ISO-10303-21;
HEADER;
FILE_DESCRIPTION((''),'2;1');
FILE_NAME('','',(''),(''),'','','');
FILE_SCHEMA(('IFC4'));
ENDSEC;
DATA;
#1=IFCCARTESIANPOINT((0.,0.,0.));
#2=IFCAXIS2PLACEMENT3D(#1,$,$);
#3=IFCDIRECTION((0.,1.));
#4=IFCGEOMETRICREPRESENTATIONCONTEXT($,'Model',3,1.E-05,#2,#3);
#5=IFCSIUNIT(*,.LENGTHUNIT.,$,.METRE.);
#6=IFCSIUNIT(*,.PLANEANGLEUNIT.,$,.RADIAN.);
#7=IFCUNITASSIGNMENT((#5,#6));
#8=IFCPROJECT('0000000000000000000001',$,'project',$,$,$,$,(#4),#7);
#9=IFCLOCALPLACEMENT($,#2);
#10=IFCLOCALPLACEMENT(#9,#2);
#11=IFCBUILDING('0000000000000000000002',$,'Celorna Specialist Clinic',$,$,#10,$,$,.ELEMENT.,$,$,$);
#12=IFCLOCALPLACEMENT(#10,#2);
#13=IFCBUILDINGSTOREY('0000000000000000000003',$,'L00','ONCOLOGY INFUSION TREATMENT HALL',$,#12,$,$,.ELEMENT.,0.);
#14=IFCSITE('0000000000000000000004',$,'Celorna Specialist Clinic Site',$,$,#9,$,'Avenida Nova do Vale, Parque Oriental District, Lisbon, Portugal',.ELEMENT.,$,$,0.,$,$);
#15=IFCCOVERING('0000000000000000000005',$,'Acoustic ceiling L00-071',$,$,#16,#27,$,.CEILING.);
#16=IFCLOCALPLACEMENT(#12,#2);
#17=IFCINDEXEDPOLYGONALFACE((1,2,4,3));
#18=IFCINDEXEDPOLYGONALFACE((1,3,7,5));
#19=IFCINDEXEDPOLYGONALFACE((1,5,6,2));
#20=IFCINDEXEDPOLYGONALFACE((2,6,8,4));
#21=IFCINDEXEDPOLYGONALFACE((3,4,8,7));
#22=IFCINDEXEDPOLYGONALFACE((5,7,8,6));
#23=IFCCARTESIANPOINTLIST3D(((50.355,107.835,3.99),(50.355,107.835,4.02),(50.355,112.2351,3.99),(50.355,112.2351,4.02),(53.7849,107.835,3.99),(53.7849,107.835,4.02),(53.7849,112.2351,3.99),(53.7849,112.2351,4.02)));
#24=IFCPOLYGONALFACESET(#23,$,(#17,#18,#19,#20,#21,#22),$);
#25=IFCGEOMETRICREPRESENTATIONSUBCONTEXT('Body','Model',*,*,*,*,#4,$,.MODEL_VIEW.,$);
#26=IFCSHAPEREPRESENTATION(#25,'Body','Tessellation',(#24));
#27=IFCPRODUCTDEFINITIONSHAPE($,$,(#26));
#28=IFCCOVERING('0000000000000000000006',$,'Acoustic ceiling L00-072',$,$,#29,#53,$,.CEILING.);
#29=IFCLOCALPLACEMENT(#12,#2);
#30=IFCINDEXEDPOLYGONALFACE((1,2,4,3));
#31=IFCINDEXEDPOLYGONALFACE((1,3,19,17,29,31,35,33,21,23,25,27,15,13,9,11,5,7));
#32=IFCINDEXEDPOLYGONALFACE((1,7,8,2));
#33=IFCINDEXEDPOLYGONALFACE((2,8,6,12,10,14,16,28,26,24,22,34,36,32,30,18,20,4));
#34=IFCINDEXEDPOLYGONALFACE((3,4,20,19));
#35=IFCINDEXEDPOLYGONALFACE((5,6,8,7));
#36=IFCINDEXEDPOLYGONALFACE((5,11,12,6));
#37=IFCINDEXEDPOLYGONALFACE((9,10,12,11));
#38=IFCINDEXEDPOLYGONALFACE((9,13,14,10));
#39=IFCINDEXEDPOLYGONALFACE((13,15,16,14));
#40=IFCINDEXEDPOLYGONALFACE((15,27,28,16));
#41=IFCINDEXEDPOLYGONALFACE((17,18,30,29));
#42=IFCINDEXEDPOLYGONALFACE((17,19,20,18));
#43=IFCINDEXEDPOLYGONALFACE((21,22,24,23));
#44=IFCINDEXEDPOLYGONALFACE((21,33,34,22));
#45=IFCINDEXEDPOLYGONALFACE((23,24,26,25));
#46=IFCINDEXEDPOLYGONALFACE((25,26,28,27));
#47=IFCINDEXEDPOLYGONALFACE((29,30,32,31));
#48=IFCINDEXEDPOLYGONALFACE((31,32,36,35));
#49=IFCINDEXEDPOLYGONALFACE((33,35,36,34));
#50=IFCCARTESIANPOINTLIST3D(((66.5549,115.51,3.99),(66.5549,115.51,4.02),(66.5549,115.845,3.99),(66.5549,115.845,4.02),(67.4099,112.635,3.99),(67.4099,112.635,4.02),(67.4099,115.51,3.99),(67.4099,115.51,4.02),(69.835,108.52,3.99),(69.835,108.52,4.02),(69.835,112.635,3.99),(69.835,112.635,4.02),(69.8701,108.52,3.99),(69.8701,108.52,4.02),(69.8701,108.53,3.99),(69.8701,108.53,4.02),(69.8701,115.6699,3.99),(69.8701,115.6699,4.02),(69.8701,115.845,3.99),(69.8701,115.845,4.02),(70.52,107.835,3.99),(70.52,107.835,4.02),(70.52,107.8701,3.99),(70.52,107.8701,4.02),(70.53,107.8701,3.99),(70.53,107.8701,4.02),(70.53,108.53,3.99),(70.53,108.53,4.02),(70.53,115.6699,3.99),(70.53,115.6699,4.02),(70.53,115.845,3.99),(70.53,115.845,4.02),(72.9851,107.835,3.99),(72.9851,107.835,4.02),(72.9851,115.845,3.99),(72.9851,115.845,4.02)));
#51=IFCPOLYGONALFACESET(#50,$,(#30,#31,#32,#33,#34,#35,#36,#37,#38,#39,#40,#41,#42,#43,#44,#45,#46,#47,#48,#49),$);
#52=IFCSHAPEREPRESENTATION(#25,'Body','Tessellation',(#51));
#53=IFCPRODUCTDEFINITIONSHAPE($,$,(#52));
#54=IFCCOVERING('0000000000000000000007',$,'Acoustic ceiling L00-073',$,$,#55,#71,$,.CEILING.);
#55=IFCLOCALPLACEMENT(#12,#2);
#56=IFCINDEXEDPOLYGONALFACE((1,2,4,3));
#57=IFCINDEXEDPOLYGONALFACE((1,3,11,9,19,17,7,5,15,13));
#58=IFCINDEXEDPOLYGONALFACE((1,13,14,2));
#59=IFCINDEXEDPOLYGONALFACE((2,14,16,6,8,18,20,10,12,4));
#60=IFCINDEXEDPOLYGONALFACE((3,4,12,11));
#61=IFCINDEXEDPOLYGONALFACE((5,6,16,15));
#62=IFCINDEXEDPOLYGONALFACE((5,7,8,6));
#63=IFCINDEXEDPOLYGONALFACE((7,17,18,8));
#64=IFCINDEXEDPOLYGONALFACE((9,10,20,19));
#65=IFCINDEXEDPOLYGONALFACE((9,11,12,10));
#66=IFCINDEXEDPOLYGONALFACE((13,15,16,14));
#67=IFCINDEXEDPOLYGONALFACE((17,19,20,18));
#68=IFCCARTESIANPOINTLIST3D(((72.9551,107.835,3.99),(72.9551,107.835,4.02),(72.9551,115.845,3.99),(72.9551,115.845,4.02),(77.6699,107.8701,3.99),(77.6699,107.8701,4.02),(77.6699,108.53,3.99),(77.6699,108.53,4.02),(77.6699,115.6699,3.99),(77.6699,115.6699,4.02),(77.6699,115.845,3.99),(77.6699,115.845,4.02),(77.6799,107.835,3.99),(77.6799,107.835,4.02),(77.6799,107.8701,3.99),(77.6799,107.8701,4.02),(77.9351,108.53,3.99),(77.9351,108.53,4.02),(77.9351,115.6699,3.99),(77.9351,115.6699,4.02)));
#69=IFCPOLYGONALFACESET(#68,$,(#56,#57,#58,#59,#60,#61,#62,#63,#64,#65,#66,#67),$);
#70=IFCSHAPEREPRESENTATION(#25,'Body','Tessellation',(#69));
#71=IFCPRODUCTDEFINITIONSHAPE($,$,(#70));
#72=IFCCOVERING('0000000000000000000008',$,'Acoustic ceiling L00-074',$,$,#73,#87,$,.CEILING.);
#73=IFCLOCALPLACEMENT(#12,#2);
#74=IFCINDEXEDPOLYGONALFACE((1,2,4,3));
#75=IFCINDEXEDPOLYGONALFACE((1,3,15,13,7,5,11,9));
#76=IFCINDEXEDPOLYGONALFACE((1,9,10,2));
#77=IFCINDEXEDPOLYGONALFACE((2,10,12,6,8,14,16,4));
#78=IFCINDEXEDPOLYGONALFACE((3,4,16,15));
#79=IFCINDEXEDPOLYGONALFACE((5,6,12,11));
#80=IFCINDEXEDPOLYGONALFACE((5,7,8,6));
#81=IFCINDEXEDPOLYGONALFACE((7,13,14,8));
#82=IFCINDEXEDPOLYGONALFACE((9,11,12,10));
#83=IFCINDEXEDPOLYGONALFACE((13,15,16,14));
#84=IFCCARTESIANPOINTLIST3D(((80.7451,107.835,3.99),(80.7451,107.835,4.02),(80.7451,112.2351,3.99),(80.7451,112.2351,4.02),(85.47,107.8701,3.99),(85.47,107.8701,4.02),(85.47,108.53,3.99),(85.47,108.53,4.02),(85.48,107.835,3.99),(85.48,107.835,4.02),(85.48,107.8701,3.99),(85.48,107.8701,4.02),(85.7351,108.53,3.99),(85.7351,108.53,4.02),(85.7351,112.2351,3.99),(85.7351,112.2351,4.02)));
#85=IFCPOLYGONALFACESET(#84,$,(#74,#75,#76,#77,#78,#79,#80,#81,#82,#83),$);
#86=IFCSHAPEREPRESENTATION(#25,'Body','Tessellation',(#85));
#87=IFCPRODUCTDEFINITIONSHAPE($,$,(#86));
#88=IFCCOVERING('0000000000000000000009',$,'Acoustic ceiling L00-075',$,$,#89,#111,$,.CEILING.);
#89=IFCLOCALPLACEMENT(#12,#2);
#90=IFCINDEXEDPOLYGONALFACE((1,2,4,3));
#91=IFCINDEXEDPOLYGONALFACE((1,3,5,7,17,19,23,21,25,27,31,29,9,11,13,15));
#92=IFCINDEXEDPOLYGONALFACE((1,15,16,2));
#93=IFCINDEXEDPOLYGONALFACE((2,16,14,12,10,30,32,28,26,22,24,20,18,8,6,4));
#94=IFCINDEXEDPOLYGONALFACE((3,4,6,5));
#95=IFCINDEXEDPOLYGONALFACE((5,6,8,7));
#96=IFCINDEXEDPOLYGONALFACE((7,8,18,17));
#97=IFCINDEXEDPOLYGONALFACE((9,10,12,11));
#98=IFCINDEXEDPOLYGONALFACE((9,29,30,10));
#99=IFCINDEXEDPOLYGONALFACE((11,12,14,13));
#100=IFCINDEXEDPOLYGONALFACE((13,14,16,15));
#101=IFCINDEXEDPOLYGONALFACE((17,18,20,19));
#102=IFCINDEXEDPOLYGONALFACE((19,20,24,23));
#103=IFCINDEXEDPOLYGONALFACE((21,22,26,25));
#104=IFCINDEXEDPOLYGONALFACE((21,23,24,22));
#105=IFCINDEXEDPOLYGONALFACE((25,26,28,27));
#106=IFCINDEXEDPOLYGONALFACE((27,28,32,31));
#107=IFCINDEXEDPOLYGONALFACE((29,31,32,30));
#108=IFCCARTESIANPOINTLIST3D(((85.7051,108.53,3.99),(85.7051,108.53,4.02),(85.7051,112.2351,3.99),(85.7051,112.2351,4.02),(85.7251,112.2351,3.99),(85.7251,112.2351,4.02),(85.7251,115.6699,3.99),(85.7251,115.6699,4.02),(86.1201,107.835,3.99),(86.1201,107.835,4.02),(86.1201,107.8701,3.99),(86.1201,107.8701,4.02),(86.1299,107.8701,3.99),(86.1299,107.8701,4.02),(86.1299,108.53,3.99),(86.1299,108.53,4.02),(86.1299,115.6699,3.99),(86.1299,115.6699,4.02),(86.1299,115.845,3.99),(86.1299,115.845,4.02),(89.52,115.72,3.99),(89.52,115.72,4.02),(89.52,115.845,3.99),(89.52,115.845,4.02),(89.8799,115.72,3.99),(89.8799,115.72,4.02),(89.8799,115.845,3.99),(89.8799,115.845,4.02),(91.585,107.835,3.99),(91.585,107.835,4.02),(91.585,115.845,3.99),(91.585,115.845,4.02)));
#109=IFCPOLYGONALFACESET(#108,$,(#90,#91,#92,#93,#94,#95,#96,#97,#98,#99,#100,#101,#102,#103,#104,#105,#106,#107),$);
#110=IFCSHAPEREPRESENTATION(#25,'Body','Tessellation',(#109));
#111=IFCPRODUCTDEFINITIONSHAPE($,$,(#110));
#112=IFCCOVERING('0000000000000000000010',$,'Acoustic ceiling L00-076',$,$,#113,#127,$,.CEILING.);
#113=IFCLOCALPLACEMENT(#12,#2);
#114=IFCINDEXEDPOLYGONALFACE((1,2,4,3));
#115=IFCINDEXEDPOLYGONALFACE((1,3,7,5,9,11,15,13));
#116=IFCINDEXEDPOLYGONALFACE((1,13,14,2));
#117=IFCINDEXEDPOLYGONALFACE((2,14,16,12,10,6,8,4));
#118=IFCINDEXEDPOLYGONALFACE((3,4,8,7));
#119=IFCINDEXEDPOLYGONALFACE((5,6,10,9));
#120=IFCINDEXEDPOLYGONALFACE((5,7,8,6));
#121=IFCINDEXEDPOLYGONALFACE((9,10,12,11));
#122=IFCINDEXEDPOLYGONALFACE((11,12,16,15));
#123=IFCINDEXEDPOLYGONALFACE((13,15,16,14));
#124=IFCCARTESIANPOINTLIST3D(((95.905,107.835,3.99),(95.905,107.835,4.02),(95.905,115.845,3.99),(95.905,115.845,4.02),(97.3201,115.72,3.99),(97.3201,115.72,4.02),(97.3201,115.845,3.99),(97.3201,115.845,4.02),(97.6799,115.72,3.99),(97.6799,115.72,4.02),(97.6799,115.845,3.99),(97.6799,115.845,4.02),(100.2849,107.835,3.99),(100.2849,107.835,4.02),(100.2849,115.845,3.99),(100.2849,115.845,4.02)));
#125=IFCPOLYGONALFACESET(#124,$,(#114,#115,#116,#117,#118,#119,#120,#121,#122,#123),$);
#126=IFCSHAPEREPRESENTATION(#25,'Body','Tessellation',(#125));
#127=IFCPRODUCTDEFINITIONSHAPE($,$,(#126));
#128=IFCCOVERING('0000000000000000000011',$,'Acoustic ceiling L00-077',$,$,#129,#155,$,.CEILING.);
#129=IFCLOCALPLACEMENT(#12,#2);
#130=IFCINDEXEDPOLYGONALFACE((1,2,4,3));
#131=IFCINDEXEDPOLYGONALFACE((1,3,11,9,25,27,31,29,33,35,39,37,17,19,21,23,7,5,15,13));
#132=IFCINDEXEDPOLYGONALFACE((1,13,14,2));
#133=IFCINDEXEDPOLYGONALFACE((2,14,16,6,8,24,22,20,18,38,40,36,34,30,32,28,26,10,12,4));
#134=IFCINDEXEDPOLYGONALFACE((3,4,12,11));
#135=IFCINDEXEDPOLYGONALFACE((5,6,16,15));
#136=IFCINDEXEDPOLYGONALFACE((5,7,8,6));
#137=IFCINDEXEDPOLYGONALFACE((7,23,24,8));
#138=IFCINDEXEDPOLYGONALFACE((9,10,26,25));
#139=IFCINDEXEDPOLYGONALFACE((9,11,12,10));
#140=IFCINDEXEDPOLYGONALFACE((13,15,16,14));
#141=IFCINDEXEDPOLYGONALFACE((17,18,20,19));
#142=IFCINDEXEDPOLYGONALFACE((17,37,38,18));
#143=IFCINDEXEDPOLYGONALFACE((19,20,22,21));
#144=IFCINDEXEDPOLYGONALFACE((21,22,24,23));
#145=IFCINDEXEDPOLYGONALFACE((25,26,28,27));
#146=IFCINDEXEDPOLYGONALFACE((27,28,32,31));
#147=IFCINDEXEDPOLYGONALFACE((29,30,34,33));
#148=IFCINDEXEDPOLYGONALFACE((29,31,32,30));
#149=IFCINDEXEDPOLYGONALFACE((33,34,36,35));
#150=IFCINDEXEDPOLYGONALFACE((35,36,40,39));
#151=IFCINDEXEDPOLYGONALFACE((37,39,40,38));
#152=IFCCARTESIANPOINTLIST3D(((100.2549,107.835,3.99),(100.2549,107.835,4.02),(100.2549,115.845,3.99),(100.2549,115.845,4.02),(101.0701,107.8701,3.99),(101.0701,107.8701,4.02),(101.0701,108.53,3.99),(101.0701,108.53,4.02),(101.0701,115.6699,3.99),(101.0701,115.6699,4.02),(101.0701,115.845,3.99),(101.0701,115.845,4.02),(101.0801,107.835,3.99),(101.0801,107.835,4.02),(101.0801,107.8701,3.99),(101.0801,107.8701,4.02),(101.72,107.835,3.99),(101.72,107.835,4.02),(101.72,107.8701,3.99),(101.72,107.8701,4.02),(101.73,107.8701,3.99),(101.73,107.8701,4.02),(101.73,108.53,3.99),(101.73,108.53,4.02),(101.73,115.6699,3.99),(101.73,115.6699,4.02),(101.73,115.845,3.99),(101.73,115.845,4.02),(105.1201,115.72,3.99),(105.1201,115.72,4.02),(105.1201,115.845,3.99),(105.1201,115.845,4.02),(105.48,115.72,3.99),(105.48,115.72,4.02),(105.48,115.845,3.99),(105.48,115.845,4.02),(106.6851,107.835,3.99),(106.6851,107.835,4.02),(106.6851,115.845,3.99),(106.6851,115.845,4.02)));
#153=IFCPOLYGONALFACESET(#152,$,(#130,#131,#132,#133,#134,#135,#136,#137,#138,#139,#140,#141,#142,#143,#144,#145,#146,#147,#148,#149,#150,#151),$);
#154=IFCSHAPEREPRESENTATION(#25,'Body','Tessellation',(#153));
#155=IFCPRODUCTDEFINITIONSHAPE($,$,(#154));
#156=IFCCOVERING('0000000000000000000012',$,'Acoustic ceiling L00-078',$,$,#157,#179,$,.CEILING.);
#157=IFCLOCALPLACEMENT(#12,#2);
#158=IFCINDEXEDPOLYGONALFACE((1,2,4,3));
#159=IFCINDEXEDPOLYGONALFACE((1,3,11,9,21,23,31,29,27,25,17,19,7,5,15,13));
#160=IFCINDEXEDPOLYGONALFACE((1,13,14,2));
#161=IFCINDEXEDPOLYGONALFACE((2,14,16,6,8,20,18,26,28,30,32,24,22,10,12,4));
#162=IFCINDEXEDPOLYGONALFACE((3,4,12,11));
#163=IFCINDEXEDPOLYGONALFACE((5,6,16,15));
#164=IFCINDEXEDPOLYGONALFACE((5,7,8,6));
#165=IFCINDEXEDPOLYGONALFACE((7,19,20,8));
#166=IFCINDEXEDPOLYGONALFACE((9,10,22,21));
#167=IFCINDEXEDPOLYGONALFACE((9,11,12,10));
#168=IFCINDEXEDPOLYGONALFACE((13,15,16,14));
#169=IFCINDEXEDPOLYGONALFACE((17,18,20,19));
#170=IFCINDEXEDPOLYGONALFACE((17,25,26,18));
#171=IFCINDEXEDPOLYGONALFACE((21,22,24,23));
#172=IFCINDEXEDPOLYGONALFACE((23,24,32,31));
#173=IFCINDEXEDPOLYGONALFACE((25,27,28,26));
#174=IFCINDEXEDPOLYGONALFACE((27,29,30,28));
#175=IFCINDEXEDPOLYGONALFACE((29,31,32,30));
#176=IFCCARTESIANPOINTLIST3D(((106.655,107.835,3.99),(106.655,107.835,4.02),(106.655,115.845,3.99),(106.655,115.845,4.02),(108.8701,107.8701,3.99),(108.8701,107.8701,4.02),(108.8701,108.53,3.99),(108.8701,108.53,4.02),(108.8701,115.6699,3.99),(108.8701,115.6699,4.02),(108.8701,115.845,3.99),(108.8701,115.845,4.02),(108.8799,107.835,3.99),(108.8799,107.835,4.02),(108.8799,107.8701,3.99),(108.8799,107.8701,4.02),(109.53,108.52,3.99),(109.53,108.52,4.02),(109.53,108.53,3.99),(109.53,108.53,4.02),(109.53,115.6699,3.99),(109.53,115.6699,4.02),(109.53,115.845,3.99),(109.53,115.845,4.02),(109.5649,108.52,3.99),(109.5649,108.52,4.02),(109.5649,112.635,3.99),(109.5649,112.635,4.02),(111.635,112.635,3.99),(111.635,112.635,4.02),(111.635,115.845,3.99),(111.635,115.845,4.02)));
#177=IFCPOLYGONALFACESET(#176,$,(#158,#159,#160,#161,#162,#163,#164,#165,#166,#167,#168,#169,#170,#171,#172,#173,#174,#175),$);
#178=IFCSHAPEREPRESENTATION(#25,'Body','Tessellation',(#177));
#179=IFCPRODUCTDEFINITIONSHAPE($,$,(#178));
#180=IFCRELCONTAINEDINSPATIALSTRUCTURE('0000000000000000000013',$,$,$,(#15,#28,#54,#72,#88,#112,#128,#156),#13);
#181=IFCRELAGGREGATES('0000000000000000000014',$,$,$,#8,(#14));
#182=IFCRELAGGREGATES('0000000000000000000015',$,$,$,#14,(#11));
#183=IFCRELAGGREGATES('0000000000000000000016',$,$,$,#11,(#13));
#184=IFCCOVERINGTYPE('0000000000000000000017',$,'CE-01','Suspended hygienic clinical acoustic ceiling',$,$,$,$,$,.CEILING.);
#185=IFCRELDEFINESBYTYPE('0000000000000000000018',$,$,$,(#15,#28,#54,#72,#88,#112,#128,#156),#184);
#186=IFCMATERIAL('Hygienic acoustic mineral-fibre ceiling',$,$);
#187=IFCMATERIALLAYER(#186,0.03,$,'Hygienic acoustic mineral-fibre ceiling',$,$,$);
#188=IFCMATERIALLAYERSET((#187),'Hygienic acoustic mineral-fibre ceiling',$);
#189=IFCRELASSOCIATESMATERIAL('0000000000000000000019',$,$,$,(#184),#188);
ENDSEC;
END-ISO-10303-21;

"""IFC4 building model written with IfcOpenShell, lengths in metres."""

from ifc_helpers import new_model, si_unit, direction, frame, origin, place, context, subcontext, project, spatial, polyline, outline, extrude, material, layer, layer_set, type_object, element, save


model = new_model("IFC4")

# Units and contexts
model_context = context("Model", 3, precision=1e-05, world=origin(), true_north=direction((0.0, 1.0)))
body_context = subcontext(model_context, "Body", "Model", "MODEL_VIEW")
ifc_project = project(units=[si_unit("LENGTHUNIT", "METRE"), si_unit("PLANEANGLEUNIT", "RADIAN")], contexts=[model_context])

# Site, building, storey
site_placement = place(None, origin())
site = spatial("IfcSite", under=ifc_project, at=site_placement, Name="Celorna Specialist Clinic Site", LongName="Avenida Nova do Vale, Parque Oriental District, Lisbon, Portugal", CompositionType="ELEMENT", RefElevation=0.0)
building_placement = place(site_placement, origin())
building = spatial("IfcBuilding", under=site, at=building_placement, Name="Celorna Specialist Clinic", CompositionType="ELEMENT")
storey_placement = place(building_placement, origin())
storey = spatial("IfcBuildingStorey", under=building, at=storey_placement, Name="L00", Description="ONCOLOGY INFUSION TREATMENT HALL", CompositionType="ELEMENT", Elevation=0.0)

# Coverings
ifc_material_1 = material(Name="Hygienic acoustic mineral-fibre ceiling")
ifc_layer_1 = layer(ifc_material_1, 0.03, Name="Hygienic acoustic mineral-fibre ceiling")
ifc_layer_set_1 = layer_set([ifc_layer_1], Name="Hygienic acoustic mineral-fibre ceiling")
covering_type_1 = type_object("IfcCoveringType", Name="CE-01", Description="Suspended hygienic clinical acoustic ceiling", PredefinedType="CEILING", material=ifc_layer_set_1)
covering_1_placement = place(storey_placement, frame((0.0, 0.0, 3.99)))
element("IfcCovering", 1, at=covering_1_placement, inside=storey, type_object=covering_type_1, Name="Acoustic ceiling L00-071", PredefinedType="CEILING", context=body_context, shape_type="SweptSolid", body=[
    extrude(outline(polyline([(50.355, 112.2351), (53.7849, 112.2351), (53.7849, 107.835), (50.355, 107.835), (50.355, 112.2351)])), origin(), (0.0, 0.0, 1.0), 0.03),
])
covering_2_placement = place(storey_placement, frame((0.0, 0.0, 3.99)))
element("IfcCovering", 2, at=covering_2_placement, inside=storey, type_object=covering_type_1, Name="Acoustic ceiling L00-072", PredefinedType="CEILING", context=body_context, shape_type="SweptSolid", body=[
    extrude(outline(polyline([(72.9851, 115.845), (72.9851, 107.835), (70.52, 107.835), (70.52, 107.8701), (70.53, 107.8701), (70.53, 108.53), (69.8701, 108.53), (69.8701, 108.52), (69.835, 108.52), (69.835, 112.635), (67.4099, 112.635), (67.4099, 115.51), (66.5549, 115.51), (66.5549, 115.845), (69.8701, 115.845), (69.8701, 115.6699), (70.53, 115.6699), (70.53, 115.845), (72.9851, 115.845)])), origin(), (0.0, 0.0, 1.0), 0.03),
])
covering_3_placement = place(storey_placement, frame((0.0, 0.0, 3.99)))
element("IfcCovering", 3, at=covering_3_placement, inside=storey, type_object=covering_type_1, Name="Acoustic ceiling L00-073", PredefinedType="CEILING", context=body_context, shape_type="SweptSolid", body=[
    extrude(outline(polyline([(77.6699, 115.845), (77.6699, 115.6699), (77.9351, 115.6699), (77.9351, 108.53), (77.6699, 108.53), (77.6699, 107.8701), (77.6799, 107.8701), (77.6799, 107.835), (72.9551, 107.835), (72.9551, 115.845), (77.6699, 115.845)])), origin(), (0.0, 0.0, 1.0), 0.03),
])
covering_4_placement = place(storey_placement, frame((0.0, 0.0, 3.99)))
element("IfcCovering", 4, at=covering_4_placement, inside=storey, type_object=covering_type_1, Name="Acoustic ceiling L00-074", PredefinedType="CEILING", context=body_context, shape_type="SweptSolid", body=[
    extrude(outline(polyline([(80.7451, 112.2351), (85.7351, 112.2351), (85.7351, 108.53), (85.47, 108.53), (85.47, 107.8701), (85.48, 107.8701), (85.48, 107.835), (80.7451, 107.835), (80.7451, 112.2351)])), origin(), (0.0, 0.0, 1.0), 0.03),
])
covering_5_placement = place(storey_placement, frame((0.0, 0.0, 3.99)))
element("IfcCovering", 5, at=covering_5_placement, inside=storey, type_object=covering_type_1, Name="Acoustic ceiling L00-075", PredefinedType="CEILING", context=body_context, shape_type="SweptSolid", body=[
    extrude(outline(polyline([(85.7251, 115.6699), (86.1299, 115.6699), (86.1299, 115.845), (89.52, 115.845), (89.52, 115.72), (89.8799, 115.72), (89.8799, 115.845), (91.585, 115.845), (91.585, 107.835), (86.1201, 107.835), (86.1201, 107.8701), (86.1299, 107.8701), (86.1299, 108.53), (85.7051, 108.53), (85.7051, 112.2351), (85.7251, 112.2351), (85.7251, 115.6699)])), origin(), (0.0, 0.0, 1.0), 0.03),
])
covering_6_placement = place(storey_placement, frame((0.0, 0.0, 3.99)))
element("IfcCovering", 6, at=covering_6_placement, inside=storey, type_object=covering_type_1, Name="Acoustic ceiling L00-076", PredefinedType="CEILING", context=body_context, shape_type="SweptSolid", body=[
    extrude(outline(polyline([(97.3201, 115.845), (97.3201, 115.72), (97.6799, 115.72), (97.6799, 115.845), (100.2849, 115.845), (100.2849, 107.835), (95.905, 107.835), (95.905, 115.845), (97.3201, 115.845)])), origin(), (0.0, 0.0, 1.0), 0.03),
])
covering_7_placement = place(storey_placement, frame((0.0, 0.0, 3.99)))
element("IfcCovering", 7, at=covering_7_placement, inside=storey, type_object=covering_type_1, Name="Acoustic ceiling L00-077", PredefinedType="CEILING", context=body_context, shape_type="SweptSolid", body=[
    extrude(outline(polyline([(101.0701, 115.845), (101.0701, 115.6699), (101.73, 115.6699), (101.73, 115.845), (105.1201, 115.845), (105.1201, 115.72), (105.48, 115.72), (105.48, 115.845), (106.6851, 115.845), (106.6851, 107.835), (101.72, 107.835), (101.72, 107.8701), (101.73, 107.8701), (101.73, 108.53), (101.0701, 108.53), (101.0701, 107.8701), (101.0801, 107.8701), (101.0801, 107.835), (100.2549, 107.835), (100.2549, 115.845), (101.0701, 115.845)])), origin(), (0.0, 0.0, 1.0), 0.03),
])
covering_8_placement = place(storey_placement, frame((0.0, 0.0, 3.99)))
element("IfcCovering", 8, at=covering_8_placement, inside=storey, type_object=covering_type_1, Name="Acoustic ceiling L00-078", PredefinedType="CEILING", context=body_context, shape_type="SweptSolid", body=[
    extrude(outline(polyline([(108.8701, 115.845), (108.8701, 115.6699), (109.53, 115.6699), (109.53, 115.845), (111.635, 115.845), (111.635, 112.635), (109.5649, 112.635), (109.5649, 108.52), (109.53, 108.52), (109.53, 108.53), (108.8701, 108.53), (108.8701, 107.8701), (108.8799, 107.8701), (108.8799, 107.835), (106.655, 107.835), (106.655, 115.845), (108.8701, 115.845)])), origin(), (0.0, 0.0, 1.0), 0.03),
])

save(model, "model.ifc")
